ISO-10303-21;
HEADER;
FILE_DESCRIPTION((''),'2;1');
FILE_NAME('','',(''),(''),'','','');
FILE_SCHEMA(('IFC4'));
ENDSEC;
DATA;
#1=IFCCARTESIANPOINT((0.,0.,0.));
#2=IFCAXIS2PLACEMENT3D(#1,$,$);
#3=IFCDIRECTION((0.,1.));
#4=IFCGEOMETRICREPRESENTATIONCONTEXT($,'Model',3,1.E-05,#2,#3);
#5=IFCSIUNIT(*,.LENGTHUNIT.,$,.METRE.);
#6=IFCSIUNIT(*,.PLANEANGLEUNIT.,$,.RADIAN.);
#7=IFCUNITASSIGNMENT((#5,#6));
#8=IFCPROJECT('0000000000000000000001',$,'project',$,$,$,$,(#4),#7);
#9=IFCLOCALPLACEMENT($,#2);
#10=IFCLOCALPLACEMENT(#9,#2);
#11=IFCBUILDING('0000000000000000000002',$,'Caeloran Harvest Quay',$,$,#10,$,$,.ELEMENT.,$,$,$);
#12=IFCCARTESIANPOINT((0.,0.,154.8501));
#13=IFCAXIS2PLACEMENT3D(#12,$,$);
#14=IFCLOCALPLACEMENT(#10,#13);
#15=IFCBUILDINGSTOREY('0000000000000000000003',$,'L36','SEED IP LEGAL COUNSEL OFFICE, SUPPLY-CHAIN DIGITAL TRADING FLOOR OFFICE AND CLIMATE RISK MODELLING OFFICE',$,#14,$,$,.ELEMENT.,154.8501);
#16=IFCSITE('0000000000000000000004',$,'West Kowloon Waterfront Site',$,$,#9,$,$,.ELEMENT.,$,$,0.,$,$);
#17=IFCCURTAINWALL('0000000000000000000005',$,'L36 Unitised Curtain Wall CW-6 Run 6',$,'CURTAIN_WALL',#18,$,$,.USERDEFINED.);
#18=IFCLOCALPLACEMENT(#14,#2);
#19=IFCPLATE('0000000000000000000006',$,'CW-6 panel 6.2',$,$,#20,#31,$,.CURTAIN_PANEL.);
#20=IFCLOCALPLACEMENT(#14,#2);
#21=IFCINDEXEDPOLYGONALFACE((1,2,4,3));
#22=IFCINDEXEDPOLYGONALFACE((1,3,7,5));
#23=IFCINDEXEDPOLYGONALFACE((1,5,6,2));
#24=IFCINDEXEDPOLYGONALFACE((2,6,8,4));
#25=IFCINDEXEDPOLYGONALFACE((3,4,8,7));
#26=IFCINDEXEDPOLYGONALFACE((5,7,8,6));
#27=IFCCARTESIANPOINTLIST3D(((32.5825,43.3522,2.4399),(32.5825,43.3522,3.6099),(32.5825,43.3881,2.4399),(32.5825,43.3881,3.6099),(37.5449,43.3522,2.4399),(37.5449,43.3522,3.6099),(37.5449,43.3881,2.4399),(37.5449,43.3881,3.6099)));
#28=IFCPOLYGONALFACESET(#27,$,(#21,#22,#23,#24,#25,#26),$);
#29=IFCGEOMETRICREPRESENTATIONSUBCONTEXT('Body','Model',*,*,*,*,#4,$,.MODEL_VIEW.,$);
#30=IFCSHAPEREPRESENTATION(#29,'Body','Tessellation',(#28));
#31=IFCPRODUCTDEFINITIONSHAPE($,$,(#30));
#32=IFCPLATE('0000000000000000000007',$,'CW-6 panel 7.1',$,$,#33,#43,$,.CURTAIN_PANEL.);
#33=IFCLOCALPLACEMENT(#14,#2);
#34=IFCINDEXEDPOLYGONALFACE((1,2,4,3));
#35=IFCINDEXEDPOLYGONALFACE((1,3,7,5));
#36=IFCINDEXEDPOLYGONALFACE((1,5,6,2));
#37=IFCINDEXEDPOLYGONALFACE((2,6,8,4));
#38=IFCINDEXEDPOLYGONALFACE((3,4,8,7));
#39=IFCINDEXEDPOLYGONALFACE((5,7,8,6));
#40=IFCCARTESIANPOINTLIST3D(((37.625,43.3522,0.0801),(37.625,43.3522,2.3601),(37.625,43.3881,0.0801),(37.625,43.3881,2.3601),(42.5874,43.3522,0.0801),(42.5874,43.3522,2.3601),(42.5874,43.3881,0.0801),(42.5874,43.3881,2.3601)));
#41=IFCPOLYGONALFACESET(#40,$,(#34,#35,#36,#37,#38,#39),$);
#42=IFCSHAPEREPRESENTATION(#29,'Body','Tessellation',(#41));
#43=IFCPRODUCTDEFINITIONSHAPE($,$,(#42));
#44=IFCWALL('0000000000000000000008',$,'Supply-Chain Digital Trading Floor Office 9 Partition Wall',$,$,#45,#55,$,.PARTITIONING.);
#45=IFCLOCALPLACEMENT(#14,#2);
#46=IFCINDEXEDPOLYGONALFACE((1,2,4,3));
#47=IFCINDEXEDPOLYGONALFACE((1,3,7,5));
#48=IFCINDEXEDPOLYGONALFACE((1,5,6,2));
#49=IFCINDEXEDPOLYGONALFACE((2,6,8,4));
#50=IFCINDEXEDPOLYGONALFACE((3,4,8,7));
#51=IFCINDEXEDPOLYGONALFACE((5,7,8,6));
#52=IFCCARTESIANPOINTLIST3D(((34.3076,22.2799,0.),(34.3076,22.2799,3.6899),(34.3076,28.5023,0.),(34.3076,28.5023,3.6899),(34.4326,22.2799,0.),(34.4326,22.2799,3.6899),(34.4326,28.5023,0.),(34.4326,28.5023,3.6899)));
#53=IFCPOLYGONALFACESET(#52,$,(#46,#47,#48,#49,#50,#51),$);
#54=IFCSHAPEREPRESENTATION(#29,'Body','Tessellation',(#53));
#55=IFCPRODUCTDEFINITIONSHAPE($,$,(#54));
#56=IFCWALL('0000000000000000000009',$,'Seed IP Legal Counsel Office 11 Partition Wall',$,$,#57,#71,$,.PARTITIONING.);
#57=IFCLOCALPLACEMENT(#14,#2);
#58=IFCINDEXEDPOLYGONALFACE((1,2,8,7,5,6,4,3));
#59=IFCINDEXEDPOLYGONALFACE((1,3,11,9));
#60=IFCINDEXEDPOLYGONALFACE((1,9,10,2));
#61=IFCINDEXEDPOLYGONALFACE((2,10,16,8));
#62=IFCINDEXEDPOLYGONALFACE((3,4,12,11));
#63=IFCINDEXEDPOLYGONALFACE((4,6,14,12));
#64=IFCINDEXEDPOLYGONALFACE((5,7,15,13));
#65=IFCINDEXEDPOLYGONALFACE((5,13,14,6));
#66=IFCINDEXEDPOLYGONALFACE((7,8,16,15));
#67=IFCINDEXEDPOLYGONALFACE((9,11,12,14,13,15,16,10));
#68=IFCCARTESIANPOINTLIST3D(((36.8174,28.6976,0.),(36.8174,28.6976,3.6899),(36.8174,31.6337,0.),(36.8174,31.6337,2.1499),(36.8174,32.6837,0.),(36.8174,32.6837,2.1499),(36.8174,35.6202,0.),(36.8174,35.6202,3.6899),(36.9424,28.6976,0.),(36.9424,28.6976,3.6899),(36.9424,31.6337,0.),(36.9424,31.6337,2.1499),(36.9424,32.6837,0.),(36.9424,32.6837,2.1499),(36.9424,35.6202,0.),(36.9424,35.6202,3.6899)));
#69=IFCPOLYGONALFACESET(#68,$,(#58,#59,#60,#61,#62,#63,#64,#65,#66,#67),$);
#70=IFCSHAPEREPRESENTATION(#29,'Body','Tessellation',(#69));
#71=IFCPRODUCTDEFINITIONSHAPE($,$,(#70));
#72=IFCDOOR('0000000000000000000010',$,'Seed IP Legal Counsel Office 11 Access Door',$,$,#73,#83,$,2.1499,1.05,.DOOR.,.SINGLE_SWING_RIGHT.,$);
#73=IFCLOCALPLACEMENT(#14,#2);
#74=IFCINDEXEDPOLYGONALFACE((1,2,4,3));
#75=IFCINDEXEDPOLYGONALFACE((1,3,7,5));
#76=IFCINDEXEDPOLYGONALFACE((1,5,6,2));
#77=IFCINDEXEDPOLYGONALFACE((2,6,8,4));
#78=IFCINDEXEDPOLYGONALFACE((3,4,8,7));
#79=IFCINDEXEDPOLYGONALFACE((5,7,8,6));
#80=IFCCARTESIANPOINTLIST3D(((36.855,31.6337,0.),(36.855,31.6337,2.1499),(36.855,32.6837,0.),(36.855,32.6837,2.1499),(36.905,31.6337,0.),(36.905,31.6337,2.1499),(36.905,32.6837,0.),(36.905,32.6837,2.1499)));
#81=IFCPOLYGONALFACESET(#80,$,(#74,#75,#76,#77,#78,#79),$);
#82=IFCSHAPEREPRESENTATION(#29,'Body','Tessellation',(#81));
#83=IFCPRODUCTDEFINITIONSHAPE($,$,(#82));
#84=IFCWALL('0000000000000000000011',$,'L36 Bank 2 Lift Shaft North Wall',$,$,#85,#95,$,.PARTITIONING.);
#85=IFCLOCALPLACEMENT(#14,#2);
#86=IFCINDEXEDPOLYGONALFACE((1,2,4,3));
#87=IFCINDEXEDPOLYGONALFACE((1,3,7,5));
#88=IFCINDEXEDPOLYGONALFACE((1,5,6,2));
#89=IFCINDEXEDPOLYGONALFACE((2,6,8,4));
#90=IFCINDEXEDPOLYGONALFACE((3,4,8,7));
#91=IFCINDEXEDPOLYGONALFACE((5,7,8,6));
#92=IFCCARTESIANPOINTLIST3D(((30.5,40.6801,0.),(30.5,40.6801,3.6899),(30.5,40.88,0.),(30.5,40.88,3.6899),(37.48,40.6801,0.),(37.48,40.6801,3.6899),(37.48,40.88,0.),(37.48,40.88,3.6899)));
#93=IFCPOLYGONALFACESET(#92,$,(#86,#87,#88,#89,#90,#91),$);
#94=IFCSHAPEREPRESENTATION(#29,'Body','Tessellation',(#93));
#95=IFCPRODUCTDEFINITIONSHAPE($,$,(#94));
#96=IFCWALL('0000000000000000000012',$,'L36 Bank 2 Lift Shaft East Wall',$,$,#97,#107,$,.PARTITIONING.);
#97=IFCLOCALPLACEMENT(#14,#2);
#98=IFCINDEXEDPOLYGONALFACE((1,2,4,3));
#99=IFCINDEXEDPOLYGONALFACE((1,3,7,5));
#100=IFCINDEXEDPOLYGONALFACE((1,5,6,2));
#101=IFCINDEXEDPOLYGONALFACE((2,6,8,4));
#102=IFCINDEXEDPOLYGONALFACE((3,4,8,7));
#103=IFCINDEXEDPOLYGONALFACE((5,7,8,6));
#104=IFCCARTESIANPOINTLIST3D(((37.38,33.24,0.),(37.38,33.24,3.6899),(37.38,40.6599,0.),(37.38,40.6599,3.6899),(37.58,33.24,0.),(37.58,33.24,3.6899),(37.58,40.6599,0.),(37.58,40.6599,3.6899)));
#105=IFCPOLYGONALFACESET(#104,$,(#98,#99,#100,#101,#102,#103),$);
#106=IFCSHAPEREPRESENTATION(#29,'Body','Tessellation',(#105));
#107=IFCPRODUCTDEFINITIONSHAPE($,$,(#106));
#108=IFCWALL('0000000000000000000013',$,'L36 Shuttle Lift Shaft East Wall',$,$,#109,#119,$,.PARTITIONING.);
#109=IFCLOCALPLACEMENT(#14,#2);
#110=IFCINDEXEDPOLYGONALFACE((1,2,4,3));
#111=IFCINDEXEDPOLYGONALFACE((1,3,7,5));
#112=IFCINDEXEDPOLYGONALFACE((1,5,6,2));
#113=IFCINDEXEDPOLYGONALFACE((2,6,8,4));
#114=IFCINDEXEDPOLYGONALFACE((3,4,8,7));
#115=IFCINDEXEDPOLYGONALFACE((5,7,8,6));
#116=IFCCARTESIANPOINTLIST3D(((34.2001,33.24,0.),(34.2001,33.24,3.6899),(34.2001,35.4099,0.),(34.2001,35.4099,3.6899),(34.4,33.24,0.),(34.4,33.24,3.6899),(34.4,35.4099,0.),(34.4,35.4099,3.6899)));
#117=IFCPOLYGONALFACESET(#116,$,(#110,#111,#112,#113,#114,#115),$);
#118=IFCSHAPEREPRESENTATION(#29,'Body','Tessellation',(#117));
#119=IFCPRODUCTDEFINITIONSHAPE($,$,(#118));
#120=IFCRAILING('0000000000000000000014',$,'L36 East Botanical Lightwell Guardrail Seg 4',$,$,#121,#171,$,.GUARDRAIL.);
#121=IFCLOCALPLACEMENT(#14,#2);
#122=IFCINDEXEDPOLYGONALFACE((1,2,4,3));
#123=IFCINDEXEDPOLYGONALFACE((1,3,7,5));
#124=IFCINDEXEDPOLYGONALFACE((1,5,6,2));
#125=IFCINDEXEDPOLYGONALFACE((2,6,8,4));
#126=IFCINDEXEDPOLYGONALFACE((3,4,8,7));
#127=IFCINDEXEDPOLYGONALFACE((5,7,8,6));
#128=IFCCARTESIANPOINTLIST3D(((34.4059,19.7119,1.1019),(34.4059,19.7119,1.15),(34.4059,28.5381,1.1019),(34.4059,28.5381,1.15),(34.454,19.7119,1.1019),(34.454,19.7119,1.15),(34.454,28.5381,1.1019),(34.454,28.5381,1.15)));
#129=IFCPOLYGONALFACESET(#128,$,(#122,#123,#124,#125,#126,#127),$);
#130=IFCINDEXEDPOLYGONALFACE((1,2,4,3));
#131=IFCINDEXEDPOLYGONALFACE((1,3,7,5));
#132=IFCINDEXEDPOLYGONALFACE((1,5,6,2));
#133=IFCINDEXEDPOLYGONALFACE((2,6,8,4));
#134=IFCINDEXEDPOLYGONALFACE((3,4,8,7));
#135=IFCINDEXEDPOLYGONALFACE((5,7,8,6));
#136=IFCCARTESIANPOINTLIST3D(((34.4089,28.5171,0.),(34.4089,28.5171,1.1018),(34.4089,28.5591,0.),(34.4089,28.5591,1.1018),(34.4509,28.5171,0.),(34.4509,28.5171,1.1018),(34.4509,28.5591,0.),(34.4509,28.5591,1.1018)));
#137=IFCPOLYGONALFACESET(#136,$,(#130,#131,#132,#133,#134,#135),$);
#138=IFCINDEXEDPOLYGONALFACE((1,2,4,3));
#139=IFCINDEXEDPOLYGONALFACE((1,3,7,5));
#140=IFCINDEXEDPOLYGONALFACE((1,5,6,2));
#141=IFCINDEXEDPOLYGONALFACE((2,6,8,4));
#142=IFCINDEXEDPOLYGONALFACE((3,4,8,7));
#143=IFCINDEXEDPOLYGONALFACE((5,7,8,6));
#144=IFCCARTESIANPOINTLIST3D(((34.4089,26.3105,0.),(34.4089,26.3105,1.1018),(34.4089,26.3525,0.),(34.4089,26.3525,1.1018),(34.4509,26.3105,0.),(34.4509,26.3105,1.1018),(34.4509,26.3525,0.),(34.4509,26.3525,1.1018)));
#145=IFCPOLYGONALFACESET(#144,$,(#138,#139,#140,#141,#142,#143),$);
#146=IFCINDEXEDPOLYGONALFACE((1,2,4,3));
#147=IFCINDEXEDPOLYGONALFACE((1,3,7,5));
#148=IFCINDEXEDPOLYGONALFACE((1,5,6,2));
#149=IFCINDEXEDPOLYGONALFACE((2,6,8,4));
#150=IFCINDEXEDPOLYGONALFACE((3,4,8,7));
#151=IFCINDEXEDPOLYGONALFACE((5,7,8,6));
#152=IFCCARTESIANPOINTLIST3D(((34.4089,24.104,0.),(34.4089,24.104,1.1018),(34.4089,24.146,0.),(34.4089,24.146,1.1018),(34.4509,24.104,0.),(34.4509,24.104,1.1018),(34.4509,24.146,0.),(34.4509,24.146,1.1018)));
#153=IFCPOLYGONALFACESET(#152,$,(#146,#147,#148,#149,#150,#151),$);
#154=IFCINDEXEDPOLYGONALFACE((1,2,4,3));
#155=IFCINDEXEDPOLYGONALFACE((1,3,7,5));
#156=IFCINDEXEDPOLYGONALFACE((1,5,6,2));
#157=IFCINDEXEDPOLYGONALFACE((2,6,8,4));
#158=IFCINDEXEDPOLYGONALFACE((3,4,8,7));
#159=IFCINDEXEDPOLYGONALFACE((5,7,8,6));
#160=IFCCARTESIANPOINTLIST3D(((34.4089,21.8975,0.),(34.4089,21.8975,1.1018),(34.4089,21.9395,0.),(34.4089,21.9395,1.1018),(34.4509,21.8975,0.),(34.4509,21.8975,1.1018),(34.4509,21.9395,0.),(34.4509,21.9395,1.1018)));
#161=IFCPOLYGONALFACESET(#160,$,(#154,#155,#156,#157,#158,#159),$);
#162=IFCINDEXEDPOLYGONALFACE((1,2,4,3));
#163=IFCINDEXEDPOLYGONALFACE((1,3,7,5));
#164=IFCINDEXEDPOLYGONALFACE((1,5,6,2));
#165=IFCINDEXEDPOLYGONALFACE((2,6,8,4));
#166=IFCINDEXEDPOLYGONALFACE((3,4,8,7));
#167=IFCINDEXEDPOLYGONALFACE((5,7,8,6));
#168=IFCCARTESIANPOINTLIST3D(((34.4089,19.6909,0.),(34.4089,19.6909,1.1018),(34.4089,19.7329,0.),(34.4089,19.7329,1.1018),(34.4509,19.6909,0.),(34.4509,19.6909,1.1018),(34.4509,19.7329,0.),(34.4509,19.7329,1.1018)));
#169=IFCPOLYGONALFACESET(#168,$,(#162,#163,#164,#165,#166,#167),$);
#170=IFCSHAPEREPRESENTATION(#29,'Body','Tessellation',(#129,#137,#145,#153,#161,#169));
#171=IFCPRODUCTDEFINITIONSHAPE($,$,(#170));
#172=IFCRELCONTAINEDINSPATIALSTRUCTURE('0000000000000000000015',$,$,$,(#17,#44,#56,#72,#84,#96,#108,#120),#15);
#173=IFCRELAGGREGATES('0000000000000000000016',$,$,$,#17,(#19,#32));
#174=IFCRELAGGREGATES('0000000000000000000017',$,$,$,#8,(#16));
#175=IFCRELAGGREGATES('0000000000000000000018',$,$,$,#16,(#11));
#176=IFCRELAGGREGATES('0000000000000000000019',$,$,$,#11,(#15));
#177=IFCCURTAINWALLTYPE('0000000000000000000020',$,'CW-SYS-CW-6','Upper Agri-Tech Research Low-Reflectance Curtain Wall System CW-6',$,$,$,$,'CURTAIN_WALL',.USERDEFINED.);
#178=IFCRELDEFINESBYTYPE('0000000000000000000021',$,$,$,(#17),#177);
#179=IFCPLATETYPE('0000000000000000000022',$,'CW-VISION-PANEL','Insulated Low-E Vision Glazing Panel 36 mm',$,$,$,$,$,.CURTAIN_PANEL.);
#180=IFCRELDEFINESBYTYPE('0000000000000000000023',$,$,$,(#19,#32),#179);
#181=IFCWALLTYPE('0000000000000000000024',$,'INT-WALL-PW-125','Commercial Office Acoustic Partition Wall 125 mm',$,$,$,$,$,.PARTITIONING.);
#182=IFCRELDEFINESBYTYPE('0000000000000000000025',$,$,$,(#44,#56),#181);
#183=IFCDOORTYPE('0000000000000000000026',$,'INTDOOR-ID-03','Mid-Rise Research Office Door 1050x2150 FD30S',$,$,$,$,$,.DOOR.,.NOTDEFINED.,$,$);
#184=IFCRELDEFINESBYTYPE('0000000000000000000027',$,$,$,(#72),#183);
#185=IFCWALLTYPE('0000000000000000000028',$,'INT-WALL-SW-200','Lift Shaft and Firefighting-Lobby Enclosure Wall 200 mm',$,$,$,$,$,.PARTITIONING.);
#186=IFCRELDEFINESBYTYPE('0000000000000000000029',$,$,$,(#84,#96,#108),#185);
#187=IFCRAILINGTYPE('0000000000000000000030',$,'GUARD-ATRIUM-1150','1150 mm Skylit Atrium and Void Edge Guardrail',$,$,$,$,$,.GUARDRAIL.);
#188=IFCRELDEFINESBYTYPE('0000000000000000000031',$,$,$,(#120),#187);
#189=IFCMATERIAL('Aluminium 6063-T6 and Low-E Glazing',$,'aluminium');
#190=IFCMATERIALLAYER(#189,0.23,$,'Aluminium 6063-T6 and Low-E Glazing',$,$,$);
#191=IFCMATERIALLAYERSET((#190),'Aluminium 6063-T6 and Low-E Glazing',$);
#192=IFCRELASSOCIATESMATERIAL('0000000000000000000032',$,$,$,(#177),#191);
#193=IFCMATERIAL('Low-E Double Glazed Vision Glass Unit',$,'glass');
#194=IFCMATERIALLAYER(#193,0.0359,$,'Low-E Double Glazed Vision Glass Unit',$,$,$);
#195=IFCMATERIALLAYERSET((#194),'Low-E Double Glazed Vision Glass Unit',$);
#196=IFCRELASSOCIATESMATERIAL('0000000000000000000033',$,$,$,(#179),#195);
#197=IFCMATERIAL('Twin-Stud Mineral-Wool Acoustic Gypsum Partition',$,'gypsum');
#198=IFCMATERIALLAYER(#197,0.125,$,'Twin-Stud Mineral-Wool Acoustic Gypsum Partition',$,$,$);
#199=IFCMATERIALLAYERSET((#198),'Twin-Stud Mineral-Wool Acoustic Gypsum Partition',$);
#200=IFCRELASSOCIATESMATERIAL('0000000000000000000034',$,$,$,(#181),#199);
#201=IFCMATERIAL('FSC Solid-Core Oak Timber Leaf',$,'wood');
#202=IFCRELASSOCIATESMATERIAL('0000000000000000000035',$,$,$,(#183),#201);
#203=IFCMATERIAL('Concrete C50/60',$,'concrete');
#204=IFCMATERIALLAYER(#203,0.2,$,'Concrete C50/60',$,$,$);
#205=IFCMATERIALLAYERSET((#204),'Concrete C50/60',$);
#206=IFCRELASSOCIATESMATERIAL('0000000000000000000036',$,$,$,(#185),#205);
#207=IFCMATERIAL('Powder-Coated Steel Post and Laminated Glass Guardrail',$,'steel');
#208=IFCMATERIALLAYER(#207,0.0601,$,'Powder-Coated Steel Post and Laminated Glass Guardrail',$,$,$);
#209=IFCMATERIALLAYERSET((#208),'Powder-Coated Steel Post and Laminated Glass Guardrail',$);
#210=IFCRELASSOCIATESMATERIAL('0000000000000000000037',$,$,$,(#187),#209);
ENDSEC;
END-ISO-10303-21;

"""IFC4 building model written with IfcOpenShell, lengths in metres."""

from ifc_helpers import new_model, si_unit, direction, frame, frame_2d, origin, origin_2d, place, context, subcontext, project, spatial, rectangle, extrude, material, layer, layer_set, type_object, element, fill, aggregate, save


model = new_model("IFC4")

# Units and contexts
model_context = context("Model", 3, precision=1e-05, world=origin(), true_north=direction((0.0, 1.0)))
body_context = subcontext(model_context, "Body", "Model", "MODEL_VIEW")
ifc_project = project(units=[si_unit("LENGTHUNIT", "METRE"), si_unit("PLANEANGLEUNIT", "RADIAN")], contexts=[model_context])

# Site, building, storey
site_placement = place(None, origin())
site = spatial("IfcSite", under=ifc_project, at=site_placement, Name="West Kowloon Waterfront Site", CompositionType="ELEMENT", RefElevation=0.0)
building_placement = place(site_placement, origin())
building = spatial("IfcBuilding", under=site, at=building_placement, Name="Caeloran Harvest Quay", CompositionType="ELEMENT")
storey_placement = place(building_placement, frame((0.0, 0.0, 154.8501)))
storey = spatial("IfcBuildingStorey", under=building, at=storey_placement, Name="L36", Description="SEED IP LEGAL COUNSEL OFFICE, SUPPLY-CHAIN DIGITAL TRADING FLOOR OFFICE AND CLIMATE RISK MODELLING OFFICE", CompositionType="ELEMENT", Elevation=154.8501)

# Curtain wall, plates
ifc_material_1 = material(Name="Aluminium 6063-T6 and Low-E Glazing", Category="aluminium")
ifc_layer_1 = layer(ifc_material_1, 0.23, Name="Aluminium 6063-T6 and Low-E Glazing")
ifc_layer_set_1 = layer_set([ifc_layer_1], Name="Aluminium 6063-T6 and Low-E Glazing")
curtain_wall_type = type_object("IfcCurtainWallType", Name="CW-SYS-CW-6", Description="Upper Agri-Tech Research Low-Reflectance Curtain Wall System CW-6", ElementType="CURTAIN_WALL", PredefinedType="USERDEFINED", material=ifc_layer_set_1)
curtain_wall_placement = place(storey_placement, origin())
curtain_wall = element("IfcCurtainWall", 1, at=curtain_wall_placement, inside=storey, type_object=curtain_wall_type, Name="L36 Unitised Curtain Wall CW-6 Run 6", ObjectType="CURTAIN_WALL", PredefinedType="USERDEFINED")
ifc_material_2 = material(Name="Low-E Double Glazed Vision Glass Unit", Category="glass")
ifc_layer_2 = layer(ifc_material_2, 0.0359, Name="Low-E Double Glazed Vision Glass Unit")
ifc_layer_set_2 = layer_set([ifc_layer_2], Name="Low-E Double Glazed Vision Glass Unit")
plate_type = type_object("IfcPlateType", Name="CW-VISION-PANEL", Description="Insulated Low-E Vision Glazing Panel 36 mm", PredefinedType="CURTAIN_PANEL", material=ifc_layer_set_2)
plate_1_placement = place(storey_placement, frame((35.0637, 43.3701, 2.4399), z_axis=(0.0, 0.0, 1.0), x_axis=(1.0, 0.0, 0.0)))
plate_1 = element("IfcPlate", 2, at=plate_1_placement, type_object=plate_type, Name="CW-6 panel 6.2", PredefinedType="CURTAIN_PANEL", context=body_context, shape_type="SweptSolid", body=[
    extrude(rectangle(XDim=4.9624, YDim=0.0359, at=origin_2d()), origin(), (0.0, 0.0, 1.0), 1.1699),
])
plate_2_placement = place(storey_placement, frame((40.1062, 43.3701, 0.0801), z_axis=(0.0, 0.0, 1.0), x_axis=(1.0, 0.0, 0.0)))
plate_2 = element("IfcPlate", 3, at=plate_2_placement, type_object=plate_type, Name="CW-6 panel 7.1", PredefinedType="CURTAIN_PANEL", context=body_context, shape_type="SweptSolid", body=[
    extrude(rectangle(XDim=4.9624, YDim=0.0359, at=origin_2d()), origin(), (0.0, 0.0, 1.0), 2.28),
])
aggregate(curtain_wall, [plate_1, plate_2])

# Wall
ifc_material_3 = material(Name="Twin-Stud Mineral-Wool Acoustic Gypsum Partition", Category="gypsum")
ifc_layer_3 = layer(ifc_material_3, 0.125, Name="Twin-Stud Mineral-Wool Acoustic Gypsum Partition")
ifc_layer_set_3 = layer_set([ifc_layer_3], Name="Twin-Stud Mineral-Wool Acoustic Gypsum Partition")
wall_type_1 = type_object("IfcWallType", Name="INT-WALL-PW-125", Description="Commercial Office Acoustic Partition Wall 125 mm", PredefinedType="PARTITIONING", material=ifc_layer_set_3)
wall_1_placement = place(storey_placement, frame((34.3701, 28.5024, 0.0), z_axis=(0.0, 0.0, 1.0), x_axis=(0.0, -1.0, 0.0)))
element("IfcWall", 4, at=wall_1_placement, inside=storey, type_object=wall_type_1, Name="Supply-Chain Digital Trading Floor Office 9 Partition Wall", PredefinedType="PARTITIONING", context=body_context, shape_type="SweptSolid", body=[
    extrude(rectangle(XDim=6.2224, YDim=0.125, at=frame_2d((3.1113, 0.0))), origin(), (0.0, 0.0, 1.0), 3.6899),
])

# Wall, opening, door
wall_2_placement = place(storey_placement, frame((36.8799, 28.6975, 0.0), z_axis=(0.0, 0.0, 1.0), x_axis=(0.0, 1.0, 0.0)))
wall_2 = element("IfcWall", 5, at=wall_2_placement, inside=storey, type_object=wall_type_1, Name="Seed IP Legal Counsel Office 11 Partition Wall", PredefinedType="PARTITIONING", context=body_context, shape_type="SweptSolid", body=[
    extrude(rectangle(XDim=6.9226, YDim=0.125, at=frame_2d((3.4614, 0.0))), origin(), (0.0, 0.0, 1.0), 3.6899),
])
opening_placement = place(wall_2_placement, frame((2.9363, 0.0, 0.0)))
opening = element("IfcOpeningElement", 6, at=opening_placement, cuts=wall_2, PredefinedType="OPENING", context=body_context, shape_type="SweptSolid", body=[
    extrude(rectangle(XDim=1.05, YDim=2.1499, at=frame_2d((0.5249, 1.075))), frame((0.0, 0.0725, 0.0), z_axis=(0.0, -1.0, 0.0), x_axis=(1.0, 0.0, 0.0)), (0.0, 0.0, 1.0), 0.145),
])
ifc_material_4 = material(Name="FSC Solid-Core Oak Timber Leaf", Category="wood")
door_type = type_object("IfcDoorType", Name="INTDOOR-ID-03", Description="Mid-Rise Research Office Door 1050x2150 FD30S", OperationType="NOTDEFINED", PredefinedType="DOOR", material=ifc_material_4)
door_placement = place(opening_placement, origin())
door = element("IfcDoor", 7, at=door_placement, inside=storey, type_object=door_type, Name="Seed IP Legal Counsel Office 11 Access Door", OperationType="SINGLE_SWING_RIGHT", OverallHeight=2.1499, OverallWidth=1.05, PredefinedType="DOOR", context=body_context, shape_type="SweptSolid", body=[
    extrude(rectangle(XDim=1.05, YDim=2.1499, at=frame_2d((0.5249, 1.075))), frame((0.0, 0.0249, 0.0), z_axis=(0.0, -1.0, 0.0), x_axis=(1.0, 0.0, 0.0)), (0.0, 0.0, 1.0), 0.05),
])
fill(opening, door)

# Walls
ifc_material_5 = material(Name="Concrete C50/60", Category="concrete")
ifc_layer_4 = layer(ifc_material_5, 0.2, Name="Concrete C50/60")
ifc_layer_set_4 = layer_set([ifc_layer_4], Name="Concrete C50/60")
wall_type_2 = type_object("IfcWallType", Name="INT-WALL-SW-200", Description="Lift Shaft and Firefighting-Lobby Enclosure Wall 200 mm", PredefinedType="PARTITIONING", material=ifc_layer_set_4)
wall_3_placement = place(storey_placement, frame((30.5, 40.78, 0.0), z_axis=(0.0, 0.0, 1.0), x_axis=(1.0, 0.0, 0.0)))
element("IfcWall", 8, at=wall_3_placement, inside=storey, type_object=wall_type_2, Name="L36 Bank 2 Lift Shaft North Wall", PredefinedType="PARTITIONING", context=body_context, shape_type="SweptSolid", body=[
    extrude(rectangle(XDim=6.98, YDim=0.2, at=frame_2d((3.49, 0.0))), origin(), (0.0, 0.0, 1.0), 3.6899),
])
wall_4_placement = place(storey_placement, frame((37.48, 33.24, 0.0), z_axis=(0.0, 0.0, 1.0), x_axis=(0.0, 1.0, 0.0)))
element("IfcWall", 9, at=wall_4_placement, inside=storey, type_object=wall_type_2, Name="L36 Bank 2 Lift Shaft East Wall", PredefinedType="PARTITIONING", context=body_context, shape_type="SweptSolid", body=[
    extrude(rectangle(XDim=7.4199, YDim=0.2, at=frame_2d((3.71, 0.0))), origin(), (0.0, 0.0, 1.0), 3.6899),
])
wall_5_placement = place(storey_placement, frame((34.3, 33.24, 0.0), z_axis=(0.0, 0.0, 1.0), x_axis=(0.0, 1.0, 0.0)))
element("IfcWall", 10, at=wall_5_placement, inside=storey, type_object=wall_type_2, Name="L36 Shuttle Lift Shaft East Wall", PredefinedType="PARTITIONING", context=body_context, shape_type="SweptSolid", body=[
    extrude(rectangle(XDim=2.1699, YDim=0.2, at=frame_2d((1.085, 0.0))), origin(), (0.0, 0.0, 1.0), 3.6899),
])

# Railing
ifc_material_6 = material(Name="Powder-Coated Steel Post and Laminated Glass Guardrail", Category="steel")
ifc_layer_5 = layer(ifc_material_6, 0.0601, Name="Powder-Coated Steel Post and Laminated Glass Guardrail")
ifc_layer_set_5 = layer_set([ifc_layer_5], Name="Powder-Coated Steel Post and Laminated Glass Guardrail")
railing_type = type_object("IfcRailingType", Name="GUARD-ATRIUM-1150", Description="1150 mm Skylit Atrium and Void Edge Guardrail", PredefinedType="GUARDRAIL", material=ifc_layer_set_5)
railing_placement = place(storey_placement, frame((34.4299, 28.5381, 0.0)))
element("IfcRailing", 11, at=railing_placement, inside=storey, type_object=railing_type, Name="L36 East Botanical Lightwell Guardrail Seg 4", PredefinedType="GUARDRAIL", context=body_context, shape_type="SweptSolid", body=[
    extrude(rectangle(XDim=0.0481, YDim=0.0481, at=origin_2d()), frame((0.0, 0.0, 1.126), z_axis=(0.0, -1.0, 0.0), x_axis=(1.0, 0.0, 0.0)), (0.0, 0.0, 1.0), 8.8262),
    extrude(rectangle(XDim=0.042, YDim=0.042, at=origin_2d()), origin(), (0.0, 0.0, 1.0), 1.1018),
    extrude(rectangle(XDim=0.042, YDim=0.042, at=origin_2d()), frame((0.0, -2.2065, 0.0)), (0.0, 0.0, 1.0), 1.1018),
    extrude(rectangle(XDim=0.042, YDim=0.042, at=origin_2d()), frame((0.0, -4.4131, 0.0)), (0.0, 0.0, 1.0), 1.1018),
    extrude(rectangle(XDim=0.042, YDim=0.042, at=origin_2d()), frame((0.0, -6.6196, 0.0)), (0.0, 0.0, 1.0), 1.1018),
    extrude(rectangle(XDim=0.042, YDim=0.042, at=origin_2d()), frame((0.0, -8.8262, 0.0)), (0.0, 0.0, 1.0), 1.1018),
])

save(model, "model.ifc")
